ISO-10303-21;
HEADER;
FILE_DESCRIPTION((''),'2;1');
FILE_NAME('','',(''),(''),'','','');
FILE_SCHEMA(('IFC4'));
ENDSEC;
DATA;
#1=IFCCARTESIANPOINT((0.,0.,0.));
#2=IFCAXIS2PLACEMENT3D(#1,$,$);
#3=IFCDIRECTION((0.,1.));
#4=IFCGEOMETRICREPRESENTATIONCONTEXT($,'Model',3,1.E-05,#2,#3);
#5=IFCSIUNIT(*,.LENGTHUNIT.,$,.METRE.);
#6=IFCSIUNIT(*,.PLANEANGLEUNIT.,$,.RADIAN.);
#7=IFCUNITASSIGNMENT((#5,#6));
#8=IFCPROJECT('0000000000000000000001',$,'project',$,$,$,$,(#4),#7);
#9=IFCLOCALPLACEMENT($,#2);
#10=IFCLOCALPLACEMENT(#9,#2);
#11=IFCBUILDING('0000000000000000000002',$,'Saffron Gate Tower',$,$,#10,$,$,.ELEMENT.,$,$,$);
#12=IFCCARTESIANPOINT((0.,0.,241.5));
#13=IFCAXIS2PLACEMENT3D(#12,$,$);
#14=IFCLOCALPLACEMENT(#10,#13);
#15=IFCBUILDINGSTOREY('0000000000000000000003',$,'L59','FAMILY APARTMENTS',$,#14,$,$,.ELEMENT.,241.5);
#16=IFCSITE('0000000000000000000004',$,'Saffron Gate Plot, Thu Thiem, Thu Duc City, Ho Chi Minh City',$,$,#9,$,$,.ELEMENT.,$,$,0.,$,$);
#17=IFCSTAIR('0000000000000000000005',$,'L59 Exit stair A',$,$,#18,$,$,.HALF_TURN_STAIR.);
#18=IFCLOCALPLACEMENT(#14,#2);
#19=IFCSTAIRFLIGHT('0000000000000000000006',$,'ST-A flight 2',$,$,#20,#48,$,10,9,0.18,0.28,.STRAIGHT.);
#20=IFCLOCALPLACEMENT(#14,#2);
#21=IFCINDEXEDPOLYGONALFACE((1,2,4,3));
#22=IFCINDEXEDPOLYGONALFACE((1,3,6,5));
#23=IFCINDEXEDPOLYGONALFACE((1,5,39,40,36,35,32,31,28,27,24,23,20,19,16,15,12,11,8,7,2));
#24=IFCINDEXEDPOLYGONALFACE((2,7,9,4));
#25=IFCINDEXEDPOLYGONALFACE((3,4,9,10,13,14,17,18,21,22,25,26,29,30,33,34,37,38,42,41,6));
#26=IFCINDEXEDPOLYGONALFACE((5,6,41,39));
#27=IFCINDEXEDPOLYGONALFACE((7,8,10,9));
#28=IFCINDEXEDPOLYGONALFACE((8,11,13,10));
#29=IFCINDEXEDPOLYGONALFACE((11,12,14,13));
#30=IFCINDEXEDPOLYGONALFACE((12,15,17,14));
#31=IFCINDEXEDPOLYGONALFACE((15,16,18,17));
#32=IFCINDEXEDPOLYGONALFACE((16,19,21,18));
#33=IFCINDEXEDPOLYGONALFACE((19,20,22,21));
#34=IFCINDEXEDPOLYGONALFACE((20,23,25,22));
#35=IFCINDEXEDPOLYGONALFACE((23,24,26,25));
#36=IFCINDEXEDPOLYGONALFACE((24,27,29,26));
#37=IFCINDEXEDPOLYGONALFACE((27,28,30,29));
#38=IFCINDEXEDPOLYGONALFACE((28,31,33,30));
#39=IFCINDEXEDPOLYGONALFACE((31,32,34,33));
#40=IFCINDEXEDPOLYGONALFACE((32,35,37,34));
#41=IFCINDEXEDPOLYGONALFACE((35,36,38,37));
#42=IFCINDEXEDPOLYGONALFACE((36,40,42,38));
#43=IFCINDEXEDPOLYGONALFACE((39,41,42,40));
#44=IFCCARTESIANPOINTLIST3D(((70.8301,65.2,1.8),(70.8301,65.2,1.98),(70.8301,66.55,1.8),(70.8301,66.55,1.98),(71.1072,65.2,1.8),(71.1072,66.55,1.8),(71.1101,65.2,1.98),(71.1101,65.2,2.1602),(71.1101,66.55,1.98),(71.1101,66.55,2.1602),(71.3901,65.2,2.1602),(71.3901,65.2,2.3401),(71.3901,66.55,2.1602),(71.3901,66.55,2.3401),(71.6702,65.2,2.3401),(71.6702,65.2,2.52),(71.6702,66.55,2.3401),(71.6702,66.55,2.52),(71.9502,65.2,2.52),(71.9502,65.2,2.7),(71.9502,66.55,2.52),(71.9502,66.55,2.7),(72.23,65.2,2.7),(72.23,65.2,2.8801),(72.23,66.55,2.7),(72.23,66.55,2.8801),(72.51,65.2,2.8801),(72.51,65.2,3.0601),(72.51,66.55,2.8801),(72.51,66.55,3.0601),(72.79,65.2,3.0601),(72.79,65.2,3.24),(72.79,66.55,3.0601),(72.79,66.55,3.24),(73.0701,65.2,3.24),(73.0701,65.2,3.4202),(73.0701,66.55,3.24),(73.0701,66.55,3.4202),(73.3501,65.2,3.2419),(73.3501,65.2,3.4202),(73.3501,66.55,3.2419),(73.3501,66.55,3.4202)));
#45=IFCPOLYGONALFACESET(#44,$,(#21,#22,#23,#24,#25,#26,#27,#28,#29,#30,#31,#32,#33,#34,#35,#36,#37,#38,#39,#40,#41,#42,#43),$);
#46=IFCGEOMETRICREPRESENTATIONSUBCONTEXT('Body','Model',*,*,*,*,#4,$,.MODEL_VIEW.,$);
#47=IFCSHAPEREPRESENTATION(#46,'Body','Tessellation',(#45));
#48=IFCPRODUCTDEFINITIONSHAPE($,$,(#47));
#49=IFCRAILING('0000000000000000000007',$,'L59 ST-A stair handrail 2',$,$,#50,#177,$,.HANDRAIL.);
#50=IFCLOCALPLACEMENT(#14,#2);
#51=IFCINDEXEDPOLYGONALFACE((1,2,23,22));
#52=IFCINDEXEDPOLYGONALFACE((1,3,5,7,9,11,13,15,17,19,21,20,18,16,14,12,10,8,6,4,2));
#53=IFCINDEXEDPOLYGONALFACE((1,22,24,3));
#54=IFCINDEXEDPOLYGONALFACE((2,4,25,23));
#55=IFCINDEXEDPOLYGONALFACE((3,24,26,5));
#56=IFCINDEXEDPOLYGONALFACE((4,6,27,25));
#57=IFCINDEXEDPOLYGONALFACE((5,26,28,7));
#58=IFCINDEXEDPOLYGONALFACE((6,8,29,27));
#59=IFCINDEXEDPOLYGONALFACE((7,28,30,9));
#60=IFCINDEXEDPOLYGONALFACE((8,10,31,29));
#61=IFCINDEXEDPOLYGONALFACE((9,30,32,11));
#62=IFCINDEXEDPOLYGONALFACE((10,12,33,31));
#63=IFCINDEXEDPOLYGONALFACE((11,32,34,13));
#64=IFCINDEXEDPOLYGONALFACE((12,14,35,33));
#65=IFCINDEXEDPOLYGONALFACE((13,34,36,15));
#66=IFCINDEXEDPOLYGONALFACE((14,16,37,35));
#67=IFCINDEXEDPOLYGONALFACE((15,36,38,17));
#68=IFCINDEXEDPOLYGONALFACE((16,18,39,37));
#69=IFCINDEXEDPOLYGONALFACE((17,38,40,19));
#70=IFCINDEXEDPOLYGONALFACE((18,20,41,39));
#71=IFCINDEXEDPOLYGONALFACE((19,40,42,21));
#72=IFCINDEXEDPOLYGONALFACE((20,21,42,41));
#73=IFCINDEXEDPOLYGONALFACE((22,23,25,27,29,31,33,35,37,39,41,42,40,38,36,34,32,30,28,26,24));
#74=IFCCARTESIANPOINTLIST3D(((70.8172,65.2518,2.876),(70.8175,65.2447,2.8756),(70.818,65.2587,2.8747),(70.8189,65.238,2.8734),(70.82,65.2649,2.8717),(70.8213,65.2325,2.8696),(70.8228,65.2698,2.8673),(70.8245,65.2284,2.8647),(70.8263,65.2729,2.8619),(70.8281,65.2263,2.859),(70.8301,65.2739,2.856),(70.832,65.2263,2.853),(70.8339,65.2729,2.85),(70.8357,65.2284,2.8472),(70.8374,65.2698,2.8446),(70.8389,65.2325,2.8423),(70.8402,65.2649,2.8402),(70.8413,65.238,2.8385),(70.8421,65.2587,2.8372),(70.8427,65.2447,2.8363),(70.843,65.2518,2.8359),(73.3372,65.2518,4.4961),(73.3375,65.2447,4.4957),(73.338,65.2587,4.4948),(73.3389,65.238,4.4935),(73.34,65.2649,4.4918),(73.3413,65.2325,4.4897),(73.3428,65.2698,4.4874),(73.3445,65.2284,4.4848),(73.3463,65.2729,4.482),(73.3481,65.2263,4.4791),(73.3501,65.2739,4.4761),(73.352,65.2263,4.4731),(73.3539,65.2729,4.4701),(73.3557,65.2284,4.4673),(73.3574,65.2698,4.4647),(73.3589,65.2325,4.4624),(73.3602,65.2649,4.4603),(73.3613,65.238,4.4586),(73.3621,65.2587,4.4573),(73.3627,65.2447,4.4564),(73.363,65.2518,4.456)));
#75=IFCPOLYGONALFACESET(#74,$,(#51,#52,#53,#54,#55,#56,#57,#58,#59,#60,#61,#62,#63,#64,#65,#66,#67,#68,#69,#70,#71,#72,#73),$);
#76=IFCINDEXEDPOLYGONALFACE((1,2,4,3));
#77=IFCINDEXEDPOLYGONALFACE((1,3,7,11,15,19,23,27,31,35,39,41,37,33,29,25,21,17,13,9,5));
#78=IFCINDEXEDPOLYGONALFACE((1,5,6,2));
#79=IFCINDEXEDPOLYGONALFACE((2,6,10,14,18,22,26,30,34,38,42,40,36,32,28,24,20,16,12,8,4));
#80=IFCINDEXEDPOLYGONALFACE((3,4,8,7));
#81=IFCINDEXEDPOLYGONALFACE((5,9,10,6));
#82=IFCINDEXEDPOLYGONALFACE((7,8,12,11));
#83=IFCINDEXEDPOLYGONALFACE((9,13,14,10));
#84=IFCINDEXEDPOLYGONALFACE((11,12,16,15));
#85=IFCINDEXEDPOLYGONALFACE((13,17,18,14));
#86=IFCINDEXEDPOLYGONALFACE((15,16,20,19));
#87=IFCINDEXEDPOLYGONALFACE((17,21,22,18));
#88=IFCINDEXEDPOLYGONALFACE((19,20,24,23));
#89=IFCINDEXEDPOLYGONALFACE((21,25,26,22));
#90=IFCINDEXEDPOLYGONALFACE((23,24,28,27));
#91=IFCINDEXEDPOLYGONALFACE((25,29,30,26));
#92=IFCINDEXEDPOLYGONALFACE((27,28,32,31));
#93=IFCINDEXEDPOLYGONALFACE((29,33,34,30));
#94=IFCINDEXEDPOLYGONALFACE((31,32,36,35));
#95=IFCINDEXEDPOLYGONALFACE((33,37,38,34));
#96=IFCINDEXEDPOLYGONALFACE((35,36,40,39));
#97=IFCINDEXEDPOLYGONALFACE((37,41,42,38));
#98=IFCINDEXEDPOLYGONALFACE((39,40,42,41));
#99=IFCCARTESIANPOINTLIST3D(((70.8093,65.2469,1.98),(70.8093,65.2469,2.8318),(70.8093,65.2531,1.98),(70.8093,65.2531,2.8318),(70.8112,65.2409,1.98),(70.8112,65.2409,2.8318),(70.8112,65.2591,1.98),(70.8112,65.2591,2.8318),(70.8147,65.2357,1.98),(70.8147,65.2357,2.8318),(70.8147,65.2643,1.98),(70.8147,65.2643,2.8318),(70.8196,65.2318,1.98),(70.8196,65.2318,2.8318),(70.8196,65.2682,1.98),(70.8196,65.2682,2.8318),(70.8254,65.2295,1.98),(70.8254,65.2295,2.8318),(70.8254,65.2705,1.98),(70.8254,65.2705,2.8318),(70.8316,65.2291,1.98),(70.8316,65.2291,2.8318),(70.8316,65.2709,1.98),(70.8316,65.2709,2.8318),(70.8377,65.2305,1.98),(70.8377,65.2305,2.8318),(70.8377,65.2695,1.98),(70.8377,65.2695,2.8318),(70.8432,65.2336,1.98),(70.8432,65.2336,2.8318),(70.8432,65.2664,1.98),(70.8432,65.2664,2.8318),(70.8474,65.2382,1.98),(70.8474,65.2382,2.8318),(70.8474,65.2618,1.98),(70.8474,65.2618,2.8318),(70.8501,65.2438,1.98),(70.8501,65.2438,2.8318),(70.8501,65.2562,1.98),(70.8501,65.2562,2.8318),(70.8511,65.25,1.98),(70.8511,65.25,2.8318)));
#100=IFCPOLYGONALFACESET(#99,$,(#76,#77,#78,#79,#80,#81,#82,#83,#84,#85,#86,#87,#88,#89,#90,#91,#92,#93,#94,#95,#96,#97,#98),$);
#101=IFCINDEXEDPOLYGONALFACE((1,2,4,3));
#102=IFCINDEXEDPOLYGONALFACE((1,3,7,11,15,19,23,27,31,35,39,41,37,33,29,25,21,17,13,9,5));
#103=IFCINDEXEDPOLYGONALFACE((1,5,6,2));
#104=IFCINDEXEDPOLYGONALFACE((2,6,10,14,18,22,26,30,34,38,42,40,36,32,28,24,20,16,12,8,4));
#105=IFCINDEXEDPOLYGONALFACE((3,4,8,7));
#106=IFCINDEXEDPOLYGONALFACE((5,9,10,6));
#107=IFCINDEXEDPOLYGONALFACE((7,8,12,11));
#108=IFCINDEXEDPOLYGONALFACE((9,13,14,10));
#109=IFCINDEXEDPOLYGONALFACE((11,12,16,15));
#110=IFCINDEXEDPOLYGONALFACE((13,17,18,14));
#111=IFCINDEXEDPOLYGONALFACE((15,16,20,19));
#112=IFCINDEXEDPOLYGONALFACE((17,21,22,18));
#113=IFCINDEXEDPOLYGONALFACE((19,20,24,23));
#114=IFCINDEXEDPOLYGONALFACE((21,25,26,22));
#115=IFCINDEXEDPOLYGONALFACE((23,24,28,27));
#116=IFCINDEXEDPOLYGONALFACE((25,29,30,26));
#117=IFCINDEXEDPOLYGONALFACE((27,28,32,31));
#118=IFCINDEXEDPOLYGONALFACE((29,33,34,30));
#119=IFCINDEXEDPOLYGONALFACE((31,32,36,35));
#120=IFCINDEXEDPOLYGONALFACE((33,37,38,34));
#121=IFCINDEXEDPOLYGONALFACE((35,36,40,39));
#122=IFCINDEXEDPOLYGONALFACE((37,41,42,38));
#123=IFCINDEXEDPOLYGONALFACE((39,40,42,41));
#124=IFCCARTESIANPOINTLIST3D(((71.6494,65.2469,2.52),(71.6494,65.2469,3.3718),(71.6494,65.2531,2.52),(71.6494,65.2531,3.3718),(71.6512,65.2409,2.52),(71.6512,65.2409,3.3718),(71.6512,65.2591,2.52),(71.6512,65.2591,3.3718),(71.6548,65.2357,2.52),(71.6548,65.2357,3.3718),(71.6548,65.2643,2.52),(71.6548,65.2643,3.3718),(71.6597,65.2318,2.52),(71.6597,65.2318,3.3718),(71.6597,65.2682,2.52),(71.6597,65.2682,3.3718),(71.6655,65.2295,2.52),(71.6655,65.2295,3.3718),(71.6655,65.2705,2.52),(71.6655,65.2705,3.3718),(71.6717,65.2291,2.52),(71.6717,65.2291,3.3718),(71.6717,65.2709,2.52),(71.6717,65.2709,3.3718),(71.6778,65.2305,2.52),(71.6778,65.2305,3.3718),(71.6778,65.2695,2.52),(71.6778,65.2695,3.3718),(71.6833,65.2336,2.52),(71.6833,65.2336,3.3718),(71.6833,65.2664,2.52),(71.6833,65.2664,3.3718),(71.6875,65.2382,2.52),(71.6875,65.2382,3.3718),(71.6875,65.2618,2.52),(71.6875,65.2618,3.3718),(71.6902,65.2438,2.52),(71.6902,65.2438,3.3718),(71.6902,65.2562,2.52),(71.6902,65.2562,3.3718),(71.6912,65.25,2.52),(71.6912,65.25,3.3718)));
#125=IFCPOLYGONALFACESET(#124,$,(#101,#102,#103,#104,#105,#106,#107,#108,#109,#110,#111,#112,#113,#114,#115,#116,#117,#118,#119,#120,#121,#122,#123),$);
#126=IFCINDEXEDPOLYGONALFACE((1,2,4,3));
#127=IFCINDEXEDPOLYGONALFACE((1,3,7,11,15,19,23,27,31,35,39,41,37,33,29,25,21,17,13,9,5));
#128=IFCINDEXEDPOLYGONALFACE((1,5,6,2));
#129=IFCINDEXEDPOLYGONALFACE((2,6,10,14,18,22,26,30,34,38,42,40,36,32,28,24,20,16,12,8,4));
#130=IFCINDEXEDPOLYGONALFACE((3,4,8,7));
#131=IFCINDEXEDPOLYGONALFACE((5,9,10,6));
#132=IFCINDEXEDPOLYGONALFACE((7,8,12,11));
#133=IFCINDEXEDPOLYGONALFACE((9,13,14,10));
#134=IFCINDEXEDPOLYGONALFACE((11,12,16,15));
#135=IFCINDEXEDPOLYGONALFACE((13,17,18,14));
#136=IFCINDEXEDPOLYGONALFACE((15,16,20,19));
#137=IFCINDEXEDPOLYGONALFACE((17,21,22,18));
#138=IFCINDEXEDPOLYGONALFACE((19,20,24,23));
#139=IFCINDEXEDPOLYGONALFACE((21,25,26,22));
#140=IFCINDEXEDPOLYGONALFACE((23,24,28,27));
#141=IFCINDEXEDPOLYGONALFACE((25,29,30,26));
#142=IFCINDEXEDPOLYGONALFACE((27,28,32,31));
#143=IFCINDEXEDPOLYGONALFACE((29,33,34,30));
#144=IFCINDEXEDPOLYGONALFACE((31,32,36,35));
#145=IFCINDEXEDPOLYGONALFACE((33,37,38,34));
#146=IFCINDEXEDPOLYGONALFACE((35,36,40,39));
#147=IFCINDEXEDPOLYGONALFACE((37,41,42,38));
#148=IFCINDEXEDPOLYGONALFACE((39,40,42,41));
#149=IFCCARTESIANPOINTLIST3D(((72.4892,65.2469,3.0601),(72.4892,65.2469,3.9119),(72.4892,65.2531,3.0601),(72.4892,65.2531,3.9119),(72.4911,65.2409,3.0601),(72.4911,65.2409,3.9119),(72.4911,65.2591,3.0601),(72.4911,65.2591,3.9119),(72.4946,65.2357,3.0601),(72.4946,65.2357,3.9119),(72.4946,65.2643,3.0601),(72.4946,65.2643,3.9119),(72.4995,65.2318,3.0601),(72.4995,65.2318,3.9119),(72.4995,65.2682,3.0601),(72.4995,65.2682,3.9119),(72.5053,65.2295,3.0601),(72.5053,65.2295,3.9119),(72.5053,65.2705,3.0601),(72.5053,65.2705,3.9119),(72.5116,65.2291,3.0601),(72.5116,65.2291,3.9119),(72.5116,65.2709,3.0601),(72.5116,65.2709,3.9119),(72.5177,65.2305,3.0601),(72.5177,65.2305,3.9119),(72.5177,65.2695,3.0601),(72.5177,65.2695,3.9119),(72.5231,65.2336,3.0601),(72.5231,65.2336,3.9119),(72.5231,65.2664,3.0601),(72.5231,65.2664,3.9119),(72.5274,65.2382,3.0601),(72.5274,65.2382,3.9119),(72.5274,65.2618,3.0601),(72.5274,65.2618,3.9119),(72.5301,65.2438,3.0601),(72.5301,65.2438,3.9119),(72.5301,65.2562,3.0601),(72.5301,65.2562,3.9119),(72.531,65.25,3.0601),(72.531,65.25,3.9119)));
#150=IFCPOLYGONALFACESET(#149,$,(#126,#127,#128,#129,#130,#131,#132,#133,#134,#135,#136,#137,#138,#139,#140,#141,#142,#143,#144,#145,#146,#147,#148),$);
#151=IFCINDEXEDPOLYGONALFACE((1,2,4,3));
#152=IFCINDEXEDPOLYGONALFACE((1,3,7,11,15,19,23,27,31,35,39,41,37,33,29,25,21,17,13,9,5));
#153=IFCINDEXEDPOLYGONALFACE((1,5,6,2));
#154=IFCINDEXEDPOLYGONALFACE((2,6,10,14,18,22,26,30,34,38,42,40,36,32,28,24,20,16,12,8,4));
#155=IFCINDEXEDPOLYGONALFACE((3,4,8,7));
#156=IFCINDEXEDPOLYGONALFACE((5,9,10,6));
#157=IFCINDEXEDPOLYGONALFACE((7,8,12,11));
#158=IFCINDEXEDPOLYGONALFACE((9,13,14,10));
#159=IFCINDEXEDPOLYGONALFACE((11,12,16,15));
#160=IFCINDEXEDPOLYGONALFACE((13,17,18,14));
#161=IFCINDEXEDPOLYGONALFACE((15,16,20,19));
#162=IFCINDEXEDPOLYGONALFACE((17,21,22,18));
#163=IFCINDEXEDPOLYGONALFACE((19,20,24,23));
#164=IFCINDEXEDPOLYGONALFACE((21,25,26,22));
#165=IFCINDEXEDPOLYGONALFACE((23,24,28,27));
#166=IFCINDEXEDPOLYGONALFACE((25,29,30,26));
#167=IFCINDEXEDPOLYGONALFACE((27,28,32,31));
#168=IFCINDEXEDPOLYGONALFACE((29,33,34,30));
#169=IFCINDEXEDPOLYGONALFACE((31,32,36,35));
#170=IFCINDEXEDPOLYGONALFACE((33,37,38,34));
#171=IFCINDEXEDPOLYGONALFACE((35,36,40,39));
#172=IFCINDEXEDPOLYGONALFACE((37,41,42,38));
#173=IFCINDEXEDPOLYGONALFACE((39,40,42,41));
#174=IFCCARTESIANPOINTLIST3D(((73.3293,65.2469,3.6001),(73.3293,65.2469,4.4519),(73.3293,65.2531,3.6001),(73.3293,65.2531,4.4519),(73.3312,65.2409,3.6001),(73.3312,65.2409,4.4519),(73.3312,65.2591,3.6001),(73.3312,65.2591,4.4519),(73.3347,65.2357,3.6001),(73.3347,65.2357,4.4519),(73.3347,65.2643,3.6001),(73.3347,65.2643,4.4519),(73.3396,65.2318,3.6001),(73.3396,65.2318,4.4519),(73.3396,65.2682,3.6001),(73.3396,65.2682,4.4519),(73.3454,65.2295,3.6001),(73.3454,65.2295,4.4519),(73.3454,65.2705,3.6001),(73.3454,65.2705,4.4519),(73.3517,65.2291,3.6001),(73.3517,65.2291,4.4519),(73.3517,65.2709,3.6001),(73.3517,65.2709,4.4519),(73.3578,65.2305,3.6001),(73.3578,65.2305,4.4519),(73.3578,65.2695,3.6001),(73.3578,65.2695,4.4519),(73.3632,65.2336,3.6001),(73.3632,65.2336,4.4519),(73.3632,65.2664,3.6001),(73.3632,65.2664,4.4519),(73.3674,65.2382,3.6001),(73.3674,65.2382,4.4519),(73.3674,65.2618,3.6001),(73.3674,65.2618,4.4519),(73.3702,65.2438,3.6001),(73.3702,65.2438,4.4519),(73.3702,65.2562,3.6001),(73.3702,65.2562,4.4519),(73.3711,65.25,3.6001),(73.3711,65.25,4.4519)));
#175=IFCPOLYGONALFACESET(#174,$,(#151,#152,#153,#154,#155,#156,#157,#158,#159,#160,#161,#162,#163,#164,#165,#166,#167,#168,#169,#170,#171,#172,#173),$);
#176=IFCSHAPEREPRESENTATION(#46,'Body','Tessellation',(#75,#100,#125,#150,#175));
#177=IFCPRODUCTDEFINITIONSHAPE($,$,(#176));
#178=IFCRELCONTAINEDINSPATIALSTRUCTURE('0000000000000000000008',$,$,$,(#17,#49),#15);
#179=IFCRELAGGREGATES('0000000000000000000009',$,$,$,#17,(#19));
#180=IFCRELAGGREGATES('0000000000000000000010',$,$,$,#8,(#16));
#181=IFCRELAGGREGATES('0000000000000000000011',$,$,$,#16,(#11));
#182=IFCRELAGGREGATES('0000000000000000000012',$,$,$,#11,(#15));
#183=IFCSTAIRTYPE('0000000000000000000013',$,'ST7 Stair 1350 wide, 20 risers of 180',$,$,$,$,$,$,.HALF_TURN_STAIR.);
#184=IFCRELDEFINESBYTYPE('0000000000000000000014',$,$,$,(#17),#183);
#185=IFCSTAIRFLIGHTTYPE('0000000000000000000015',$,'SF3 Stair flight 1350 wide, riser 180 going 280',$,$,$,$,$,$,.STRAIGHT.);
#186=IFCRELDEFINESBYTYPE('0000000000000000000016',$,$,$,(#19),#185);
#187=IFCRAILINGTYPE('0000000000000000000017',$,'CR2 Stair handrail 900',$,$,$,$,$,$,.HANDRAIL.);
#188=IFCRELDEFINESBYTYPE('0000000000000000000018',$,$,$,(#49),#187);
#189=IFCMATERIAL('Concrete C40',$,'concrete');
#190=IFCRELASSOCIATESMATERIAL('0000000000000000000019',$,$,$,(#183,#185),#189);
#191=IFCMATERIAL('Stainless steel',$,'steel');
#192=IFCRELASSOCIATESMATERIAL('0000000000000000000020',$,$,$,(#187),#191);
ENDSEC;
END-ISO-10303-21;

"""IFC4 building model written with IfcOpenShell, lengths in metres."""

from ifc_helpers import new_model, si_unit, direction, frame, origin, origin_2d, place, context, subcontext, project, spatial, polyline, circle, outline, extrude, material, type_object, element, aggregate, save


model = new_model("IFC4")

# Units and contexts
model_context = context("Model", 3, precision=1e-05, world=origin(), true_north=direction((0.0, 1.0)))
body_context = subcontext(model_context, "Body", "Model", "MODEL_VIEW")
ifc_project = project(units=[si_unit("LENGTHUNIT", "METRE"), si_unit("PLANEANGLEUNIT", "RADIAN")], contexts=[model_context])

# Site, building, storey
site_placement = place(None, origin())
site = spatial("IfcSite", under=ifc_project, at=site_placement, Name="Saffron Gate Plot, Thu Thiem, Thu Duc City, Ho Chi Minh City", CompositionType="ELEMENT", RefElevation=0.0)
building_placement = place(site_placement, origin())
building = spatial("IfcBuilding", under=site, at=building_placement, Name="Saffron Gate Tower", CompositionType="ELEMENT")
storey_placement = place(building_placement, frame((0.0, 0.0, 241.5)))
storey = spatial("IfcBuildingStorey", under=building, at=storey_placement, Name="L59", Description="FAMILY APARTMENTS", CompositionType="ELEMENT", Elevation=241.5)

# Stair, stair flight
ifc_material_1 = material(Name="Concrete C40", Category="concrete")
stair_type = type_object("IfcStairType", Name="ST7 Stair 1350 wide, 20 risers of 180", PredefinedType="HALF_TURN_STAIR", material=ifc_material_1)
stair_placement = place(storey_placement, origin())
stair = element("IfcStair", 1, at=stair_placement, inside=storey, type_object=stair_type, Name="L59 Exit stair A", PredefinedType="HALF_TURN_STAIR")
stair_flight_type = type_object("IfcStairFlightType", Name="SF3 Stair flight 1350 wide, riser 180 going 280", PredefinedType="STRAIGHT", material=ifc_material_1)
stair_flight_1_placement = place(storey_placement, frame((70.8301, 65.875, 1.8), z_axis=(0.0, 0.0, 1.0), x_axis=(1.0, 0.0, 0.0)))
stair_flight_1 = element("IfcStairFlight", 2, at=stair_flight_1_placement, type_object=stair_flight_type, Name="ST-A flight 2", NumberOfRisers=10, NumberOfTreads=9, PredefinedType="STRAIGHT", RiserHeight=0.18, TreadLength=0.28, context=body_context, shape_type="SweptSolid", body=[
    extrude(outline(polyline([(0.0, 0.0), (0.0, 0.1799), (0.28, 0.1799), (0.28, 0.3601), (0.5601, 0.3601), (0.5601, 0.54), (0.8401, 0.54), (0.8401, 0.72), (1.1201, 0.72), (1.1201, 0.8999), (1.3999, 0.8999), (1.3999, 1.0801), (1.6799, 1.0801), (1.6799, 1.26), (1.96, 1.26), (1.96, 1.4399), (2.24, 1.4399), (2.24, 1.6201), (2.52, 1.6201), (2.52, 1.8), (2.52, 1.4419), (0.2771, 0.0), (0.0, 0.0)])), frame((0.0, 0.675, 0.0), z_axis=(0.0, -1.0, 0.0), x_axis=(1.0, 0.0, 0.0)), (0.0, 0.0, 1.0), 1.3501),
])
aggregate(stair, [stair_flight_1])

# Railing
ifc_material_2 = material(Name="Stainless steel", Category="steel")
railing_type_1 = type_object("IfcRailingType", Name="CR2 Stair handrail 900", PredefinedType="HANDRAIL", material=ifc_material_2)
railing_1_placement = place(storey_placement, frame((70.8301, 65.25, 1.98)))
element("IfcRailing", 3, at=railing_1_placement, inside=storey, type_object=railing_type_1, Name="L59 ST-A stair handrail 2", PredefinedType="HANDRAIL", context=body_context, shape_type="SweptSolid", body=[
    extrude(circle(Radius=0.0239, at=origin_2d()), frame((0.0, 0.0, 0.876), z_axis=(0.841163, 0.0, 0.540782), x_axis=(0.0, 1.0, 0.0)), (0.0, 0.0, 1.0), 2.9958),
    extrude(circle(Radius=0.021, at=origin_2d()), origin(), (0.0, 0.0, 1.0), 0.8518),
    extrude(circle(Radius=0.021, at=origin_2d()), frame((0.8401, 0.0, 0.54)), (0.0, 0.0, 1.0), 0.8518),
    extrude(circle(Radius=0.021, at=origin_2d()), frame((1.6799, 0.0, 1.0801)), (0.0, 0.0, 1.0), 0.8518),
    extrude(circle(Radius=0.021, at=origin_2d()), frame((2.52, 0.0, 1.6201)), (0.0, 0.0, 1.0), 0.8518),
])

save(model, "model.ifc")
